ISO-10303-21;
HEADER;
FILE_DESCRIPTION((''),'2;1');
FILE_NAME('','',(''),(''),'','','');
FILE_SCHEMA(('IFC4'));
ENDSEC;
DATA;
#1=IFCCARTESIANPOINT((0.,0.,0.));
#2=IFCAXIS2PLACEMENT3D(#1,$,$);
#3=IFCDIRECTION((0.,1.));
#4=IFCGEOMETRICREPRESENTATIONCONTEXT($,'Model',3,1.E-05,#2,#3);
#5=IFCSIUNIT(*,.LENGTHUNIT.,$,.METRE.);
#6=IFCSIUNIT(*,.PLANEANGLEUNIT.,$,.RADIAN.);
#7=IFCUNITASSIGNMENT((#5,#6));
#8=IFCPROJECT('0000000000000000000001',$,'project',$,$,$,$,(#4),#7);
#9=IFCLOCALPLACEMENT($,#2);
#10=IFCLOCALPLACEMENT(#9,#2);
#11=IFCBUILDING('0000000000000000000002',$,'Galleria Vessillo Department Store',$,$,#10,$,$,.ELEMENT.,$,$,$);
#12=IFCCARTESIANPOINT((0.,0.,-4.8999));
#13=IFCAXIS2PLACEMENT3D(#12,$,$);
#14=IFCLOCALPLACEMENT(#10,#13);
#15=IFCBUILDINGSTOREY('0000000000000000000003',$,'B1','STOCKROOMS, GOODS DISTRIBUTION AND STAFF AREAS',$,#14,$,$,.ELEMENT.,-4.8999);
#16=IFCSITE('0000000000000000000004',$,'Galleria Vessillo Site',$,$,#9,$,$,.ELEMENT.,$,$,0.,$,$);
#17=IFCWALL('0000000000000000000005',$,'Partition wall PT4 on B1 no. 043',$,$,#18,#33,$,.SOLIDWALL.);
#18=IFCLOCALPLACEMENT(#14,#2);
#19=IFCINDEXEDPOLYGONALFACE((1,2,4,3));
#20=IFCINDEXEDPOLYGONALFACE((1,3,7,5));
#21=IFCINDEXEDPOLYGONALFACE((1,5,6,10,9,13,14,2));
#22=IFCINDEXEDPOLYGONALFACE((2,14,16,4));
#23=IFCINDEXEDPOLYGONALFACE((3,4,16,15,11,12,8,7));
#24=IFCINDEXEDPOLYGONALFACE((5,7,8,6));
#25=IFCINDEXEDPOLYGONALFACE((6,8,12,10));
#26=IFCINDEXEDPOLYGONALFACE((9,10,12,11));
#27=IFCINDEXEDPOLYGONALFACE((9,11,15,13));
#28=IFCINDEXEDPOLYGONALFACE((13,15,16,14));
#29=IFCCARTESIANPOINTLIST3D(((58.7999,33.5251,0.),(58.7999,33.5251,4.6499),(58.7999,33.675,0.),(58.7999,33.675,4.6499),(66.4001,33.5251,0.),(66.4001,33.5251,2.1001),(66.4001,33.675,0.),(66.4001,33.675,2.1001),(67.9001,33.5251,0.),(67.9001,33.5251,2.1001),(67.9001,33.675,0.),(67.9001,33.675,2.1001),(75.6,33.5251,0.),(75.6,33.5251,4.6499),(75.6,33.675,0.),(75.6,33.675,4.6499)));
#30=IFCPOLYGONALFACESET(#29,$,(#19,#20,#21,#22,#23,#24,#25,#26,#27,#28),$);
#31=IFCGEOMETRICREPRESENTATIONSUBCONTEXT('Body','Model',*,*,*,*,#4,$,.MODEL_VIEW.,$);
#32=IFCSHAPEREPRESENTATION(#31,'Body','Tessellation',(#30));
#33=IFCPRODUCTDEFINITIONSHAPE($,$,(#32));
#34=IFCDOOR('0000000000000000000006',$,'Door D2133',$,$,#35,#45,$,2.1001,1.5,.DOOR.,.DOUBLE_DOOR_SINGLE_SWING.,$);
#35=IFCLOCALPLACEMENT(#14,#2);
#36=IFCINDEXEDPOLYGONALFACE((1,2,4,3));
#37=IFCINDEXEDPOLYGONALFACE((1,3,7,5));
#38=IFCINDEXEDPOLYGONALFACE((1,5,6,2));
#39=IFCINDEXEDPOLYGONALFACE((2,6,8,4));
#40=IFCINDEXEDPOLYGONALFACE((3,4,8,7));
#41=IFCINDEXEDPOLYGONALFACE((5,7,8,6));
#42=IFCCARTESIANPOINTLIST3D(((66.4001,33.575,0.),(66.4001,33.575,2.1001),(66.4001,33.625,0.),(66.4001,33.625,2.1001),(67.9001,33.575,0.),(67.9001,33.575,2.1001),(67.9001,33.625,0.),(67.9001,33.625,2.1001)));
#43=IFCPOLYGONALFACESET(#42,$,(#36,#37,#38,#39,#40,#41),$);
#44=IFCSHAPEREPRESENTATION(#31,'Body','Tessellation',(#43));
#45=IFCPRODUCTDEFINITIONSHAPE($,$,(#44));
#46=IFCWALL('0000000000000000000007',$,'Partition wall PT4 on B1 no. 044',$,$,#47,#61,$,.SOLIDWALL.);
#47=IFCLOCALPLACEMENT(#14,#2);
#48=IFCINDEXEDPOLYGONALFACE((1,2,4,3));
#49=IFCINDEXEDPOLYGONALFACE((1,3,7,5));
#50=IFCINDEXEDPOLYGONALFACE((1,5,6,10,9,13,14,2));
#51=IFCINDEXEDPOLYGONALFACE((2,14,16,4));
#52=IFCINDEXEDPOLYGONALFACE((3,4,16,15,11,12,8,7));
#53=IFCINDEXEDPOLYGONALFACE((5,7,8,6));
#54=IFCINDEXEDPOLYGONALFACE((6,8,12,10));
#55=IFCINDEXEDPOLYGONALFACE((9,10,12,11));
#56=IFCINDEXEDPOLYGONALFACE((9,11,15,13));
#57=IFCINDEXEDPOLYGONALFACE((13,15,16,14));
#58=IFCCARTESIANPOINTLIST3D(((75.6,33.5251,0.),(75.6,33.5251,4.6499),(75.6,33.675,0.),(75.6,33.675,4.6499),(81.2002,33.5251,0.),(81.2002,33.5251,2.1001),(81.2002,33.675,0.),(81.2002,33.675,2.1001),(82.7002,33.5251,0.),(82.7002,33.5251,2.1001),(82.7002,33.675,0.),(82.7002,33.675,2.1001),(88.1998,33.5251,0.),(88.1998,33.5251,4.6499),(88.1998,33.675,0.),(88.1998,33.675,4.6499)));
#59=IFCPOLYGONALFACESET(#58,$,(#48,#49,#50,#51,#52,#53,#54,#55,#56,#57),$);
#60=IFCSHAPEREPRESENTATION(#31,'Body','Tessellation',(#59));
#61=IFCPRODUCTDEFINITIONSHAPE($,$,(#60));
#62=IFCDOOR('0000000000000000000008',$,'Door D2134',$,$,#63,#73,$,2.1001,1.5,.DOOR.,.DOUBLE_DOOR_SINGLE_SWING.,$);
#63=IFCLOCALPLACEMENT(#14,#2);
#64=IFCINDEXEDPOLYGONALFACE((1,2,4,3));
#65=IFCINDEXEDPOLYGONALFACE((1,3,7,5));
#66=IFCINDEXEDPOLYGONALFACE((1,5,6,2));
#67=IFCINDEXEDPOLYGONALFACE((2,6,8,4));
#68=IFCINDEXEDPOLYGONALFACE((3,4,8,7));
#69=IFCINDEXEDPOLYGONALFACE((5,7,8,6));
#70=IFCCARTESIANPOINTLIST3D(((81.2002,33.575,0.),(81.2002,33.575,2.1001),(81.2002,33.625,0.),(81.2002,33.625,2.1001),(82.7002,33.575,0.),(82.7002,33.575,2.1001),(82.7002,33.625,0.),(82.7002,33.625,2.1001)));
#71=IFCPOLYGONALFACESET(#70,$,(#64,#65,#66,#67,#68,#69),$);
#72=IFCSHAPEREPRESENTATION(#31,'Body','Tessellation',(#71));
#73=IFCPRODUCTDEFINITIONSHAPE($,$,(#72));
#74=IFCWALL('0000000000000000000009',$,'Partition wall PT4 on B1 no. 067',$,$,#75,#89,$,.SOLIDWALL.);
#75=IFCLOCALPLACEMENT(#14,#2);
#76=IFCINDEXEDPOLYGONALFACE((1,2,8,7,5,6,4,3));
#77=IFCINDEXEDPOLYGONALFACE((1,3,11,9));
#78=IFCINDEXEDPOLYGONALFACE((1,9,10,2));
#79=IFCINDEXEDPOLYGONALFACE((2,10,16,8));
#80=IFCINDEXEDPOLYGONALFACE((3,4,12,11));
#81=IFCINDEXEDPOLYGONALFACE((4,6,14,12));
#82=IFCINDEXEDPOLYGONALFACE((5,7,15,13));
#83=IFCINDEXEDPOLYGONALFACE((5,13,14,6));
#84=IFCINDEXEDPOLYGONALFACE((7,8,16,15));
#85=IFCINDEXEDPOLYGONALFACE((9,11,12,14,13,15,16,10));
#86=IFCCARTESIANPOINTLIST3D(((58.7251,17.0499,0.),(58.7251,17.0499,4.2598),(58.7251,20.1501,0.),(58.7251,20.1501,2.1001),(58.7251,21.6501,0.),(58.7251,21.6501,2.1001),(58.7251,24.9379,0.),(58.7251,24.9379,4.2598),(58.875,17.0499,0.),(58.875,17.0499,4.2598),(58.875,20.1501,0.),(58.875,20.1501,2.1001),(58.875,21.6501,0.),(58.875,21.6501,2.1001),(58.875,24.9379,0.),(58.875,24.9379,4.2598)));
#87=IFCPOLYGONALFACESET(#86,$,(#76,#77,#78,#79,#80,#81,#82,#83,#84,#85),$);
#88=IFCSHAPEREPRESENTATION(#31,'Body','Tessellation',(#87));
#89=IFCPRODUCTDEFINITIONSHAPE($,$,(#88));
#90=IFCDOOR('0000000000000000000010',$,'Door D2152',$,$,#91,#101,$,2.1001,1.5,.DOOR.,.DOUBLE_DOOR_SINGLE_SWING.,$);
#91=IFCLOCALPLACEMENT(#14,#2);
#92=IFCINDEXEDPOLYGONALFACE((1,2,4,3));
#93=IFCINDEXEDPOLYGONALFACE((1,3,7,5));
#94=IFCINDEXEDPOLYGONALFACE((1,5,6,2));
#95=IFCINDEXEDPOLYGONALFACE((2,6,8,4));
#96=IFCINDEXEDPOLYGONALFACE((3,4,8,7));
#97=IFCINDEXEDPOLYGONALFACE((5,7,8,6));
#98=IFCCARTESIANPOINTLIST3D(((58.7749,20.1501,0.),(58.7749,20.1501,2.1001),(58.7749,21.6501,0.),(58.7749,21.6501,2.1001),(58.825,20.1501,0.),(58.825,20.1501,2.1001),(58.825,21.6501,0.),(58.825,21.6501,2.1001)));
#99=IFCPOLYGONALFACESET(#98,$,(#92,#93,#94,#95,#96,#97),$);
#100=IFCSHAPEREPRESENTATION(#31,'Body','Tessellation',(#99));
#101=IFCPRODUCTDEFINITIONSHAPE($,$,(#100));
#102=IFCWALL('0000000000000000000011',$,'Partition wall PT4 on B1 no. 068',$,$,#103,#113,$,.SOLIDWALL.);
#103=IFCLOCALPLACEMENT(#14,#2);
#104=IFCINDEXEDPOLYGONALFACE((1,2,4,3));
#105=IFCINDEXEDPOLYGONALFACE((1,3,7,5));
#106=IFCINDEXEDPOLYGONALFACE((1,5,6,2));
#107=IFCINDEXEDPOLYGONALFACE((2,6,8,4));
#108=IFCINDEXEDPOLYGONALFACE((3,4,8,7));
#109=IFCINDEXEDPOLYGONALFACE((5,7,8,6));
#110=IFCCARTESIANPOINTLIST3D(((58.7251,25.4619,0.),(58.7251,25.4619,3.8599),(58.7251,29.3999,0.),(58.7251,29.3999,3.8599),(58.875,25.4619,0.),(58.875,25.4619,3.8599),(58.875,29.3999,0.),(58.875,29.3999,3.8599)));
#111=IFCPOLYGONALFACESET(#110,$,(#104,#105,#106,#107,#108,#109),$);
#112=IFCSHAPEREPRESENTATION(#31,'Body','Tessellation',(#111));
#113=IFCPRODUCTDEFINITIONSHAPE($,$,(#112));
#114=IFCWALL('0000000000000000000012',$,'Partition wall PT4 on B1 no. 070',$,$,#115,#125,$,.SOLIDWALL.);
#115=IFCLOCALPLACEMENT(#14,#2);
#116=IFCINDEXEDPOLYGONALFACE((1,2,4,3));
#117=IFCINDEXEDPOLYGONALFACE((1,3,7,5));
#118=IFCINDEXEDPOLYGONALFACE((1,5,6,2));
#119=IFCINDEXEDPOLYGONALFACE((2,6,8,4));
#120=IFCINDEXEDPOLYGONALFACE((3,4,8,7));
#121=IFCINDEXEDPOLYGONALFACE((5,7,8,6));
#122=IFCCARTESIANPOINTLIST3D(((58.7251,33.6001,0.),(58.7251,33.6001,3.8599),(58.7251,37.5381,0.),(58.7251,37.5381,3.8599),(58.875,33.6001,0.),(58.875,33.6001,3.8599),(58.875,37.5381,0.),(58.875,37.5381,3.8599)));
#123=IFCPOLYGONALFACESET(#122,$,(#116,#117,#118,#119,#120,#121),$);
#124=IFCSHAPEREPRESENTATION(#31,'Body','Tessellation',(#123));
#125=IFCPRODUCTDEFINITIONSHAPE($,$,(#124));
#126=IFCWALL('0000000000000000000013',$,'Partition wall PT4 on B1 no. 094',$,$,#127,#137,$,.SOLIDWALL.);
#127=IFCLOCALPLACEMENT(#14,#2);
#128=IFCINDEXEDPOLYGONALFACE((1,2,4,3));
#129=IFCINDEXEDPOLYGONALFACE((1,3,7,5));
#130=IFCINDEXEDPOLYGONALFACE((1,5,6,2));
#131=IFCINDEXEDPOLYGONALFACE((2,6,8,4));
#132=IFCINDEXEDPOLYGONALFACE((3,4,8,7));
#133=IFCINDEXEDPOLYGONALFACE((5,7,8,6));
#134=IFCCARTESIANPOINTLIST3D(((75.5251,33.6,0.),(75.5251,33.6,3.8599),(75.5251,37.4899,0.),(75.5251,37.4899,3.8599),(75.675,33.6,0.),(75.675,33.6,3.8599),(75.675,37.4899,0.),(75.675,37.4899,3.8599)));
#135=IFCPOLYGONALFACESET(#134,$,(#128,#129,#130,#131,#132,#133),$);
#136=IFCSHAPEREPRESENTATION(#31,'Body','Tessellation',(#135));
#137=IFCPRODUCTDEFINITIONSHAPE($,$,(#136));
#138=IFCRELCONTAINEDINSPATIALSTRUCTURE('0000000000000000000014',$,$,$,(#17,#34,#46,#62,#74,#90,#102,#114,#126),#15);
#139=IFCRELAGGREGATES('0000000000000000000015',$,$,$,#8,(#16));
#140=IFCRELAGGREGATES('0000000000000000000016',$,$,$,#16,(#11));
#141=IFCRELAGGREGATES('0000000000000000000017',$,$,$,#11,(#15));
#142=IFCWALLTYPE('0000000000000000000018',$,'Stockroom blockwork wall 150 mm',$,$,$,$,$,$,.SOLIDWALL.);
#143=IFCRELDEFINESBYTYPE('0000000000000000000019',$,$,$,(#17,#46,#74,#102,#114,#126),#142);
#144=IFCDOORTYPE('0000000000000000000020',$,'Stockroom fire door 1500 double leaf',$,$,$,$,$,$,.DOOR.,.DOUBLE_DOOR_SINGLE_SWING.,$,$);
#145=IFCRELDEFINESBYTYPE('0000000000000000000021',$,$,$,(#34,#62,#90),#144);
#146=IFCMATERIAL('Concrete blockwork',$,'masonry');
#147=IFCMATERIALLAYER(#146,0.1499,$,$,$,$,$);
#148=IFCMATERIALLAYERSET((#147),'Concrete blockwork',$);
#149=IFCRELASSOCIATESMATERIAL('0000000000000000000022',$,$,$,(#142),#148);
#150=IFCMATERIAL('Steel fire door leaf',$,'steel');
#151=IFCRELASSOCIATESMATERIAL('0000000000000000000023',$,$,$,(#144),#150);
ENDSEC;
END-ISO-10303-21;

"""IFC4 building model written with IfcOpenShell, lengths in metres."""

from ifc_helpers import new_model, si_unit, direction, frame, frame_2d, origin, place, context, subcontext, project, spatial, rectangle, extrude, material, layer, layer_set, type_object, element, fill, save


model = new_model("IFC4")

# Units and contexts
model_context = context("Model", 3, precision=1e-05, world=origin(), true_north=direction((0.0, 1.0)))
body_context = subcontext(model_context, "Body", "Model", "MODEL_VIEW")
ifc_project = project(units=[si_unit("LENGTHUNIT", "METRE"), si_unit("PLANEANGLEUNIT", "RADIAN")], contexts=[model_context])

# Site, building, storey
site_placement = place(None, origin())
site = spatial("IfcSite", under=ifc_project, at=site_placement, Name="Galleria Vessillo Site", CompositionType="ELEMENT", RefElevation=0.0)
building_placement = place(site_placement, origin())
building = spatial("IfcBuilding", under=site, at=building_placement, Name="Galleria Vessillo Department Store", CompositionType="ELEMENT")
storey_placement = place(building_placement, frame((0.0, 0.0, -4.8999)))
storey = spatial("IfcBuildingStorey", under=building, at=storey_placement, Name="B1", Description="STOCKROOMS, GOODS DISTRIBUTION AND STAFF AREAS", CompositionType="ELEMENT", Elevation=-4.8999)

# Walls, openings, doors
ifc_material_1 = material(Name="Concrete blockwork", Category="masonry")
ifc_layer = layer(ifc_material_1, 0.1499)
ifc_layer_set = layer_set([ifc_layer], Name="Concrete blockwork")
wall_type = type_object("IfcWallType", Name="Stockroom blockwork wall 150 mm", PredefinedType="SOLIDWALL", material=ifc_layer_set)
ifc_material_2 = material(Name="Steel fire door leaf", Category="steel")
door_type = type_object("IfcDoorType", Name="Stockroom fire door 1500 double leaf", OperationType="DOUBLE_DOOR_SINGLE_SWING", PredefinedType="DOOR", material=ifc_material_2)
wall_1_placement = place(storey_placement, frame((58.8, 33.6001, 0.0), z_axis=(0.0, 0.0, 1.0), x_axis=(1.0, 0.0, 0.0)))
wall_1 = element("IfcWall", 1, at=wall_1_placement, inside=storey, type_object=wall_type, Name="Partition wall PT4 on B1 no. 043", PredefinedType="SOLIDWALL", context=body_context, shape_type="SweptSolid", body=[
    extrude(rectangle(XDim=16.8, YDim=0.1499, at=frame_2d((8.3999, 0.0))), origin(), (0.0, 0.0, 1.0), 4.6499),
])
opening_1_placement = place(wall_1_placement, frame((7.6001, 0.0, 0.0)))
opening_1 = element("IfcOpeningElement", 2, at=opening_1_placement, cuts=wall_1, PredefinedType="OPENING", context=body_context, shape_type="SweptSolid", body=[
    extrude(rectangle(XDim=1.5, YDim=2.1001, at=frame_2d((0.75, 1.05))), frame((0.0, 0.085, 0.0), z_axis=(0.0, -1.0, 0.0), x_axis=(1.0, 0.0, 0.0)), (0.0, 0.0, 1.0), 0.1699),
])
door_1_placement = place(opening_1_placement, origin())
door_1 = element("IfcDoor", 3, at=door_1_placement, inside=storey, type_object=door_type, Name="Door D2133", OperationType="DOUBLE_DOOR_SINGLE_SWING", OverallHeight=2.1001, OverallWidth=1.5, PredefinedType="DOOR", context=body_context, shape_type="SweptSolid", body=[
    extrude(rectangle(XDim=1.5, YDim=2.1001, at=frame_2d((0.75, 1.05))), frame((0.0, 0.0249, 0.0), z_axis=(0.0, -1.0, 0.0), x_axis=(1.0, 0.0, 0.0)), (0.0, 0.0, 1.0), 0.05),
])
fill(opening_1, door_1)
wall_2_placement = place(storey_placement, frame((75.6001, 33.6001, 0.0), z_axis=(0.0, 0.0, 1.0), x_axis=(1.0, 0.0, 0.0)))
wall_2 = element("IfcWall", 4, at=wall_2_placement, inside=storey, type_object=wall_type, Name="Partition wall PT4 on B1 no. 044", PredefinedType="SOLIDWALL", context=body_context, shape_type="SweptSolid", body=[
    extrude(rectangle(XDim=12.5999, YDim=0.1499, at=frame_2d((6.2998, 0.0))), origin(), (0.0, 0.0, 1.0), 4.6499),
])
opening_2_placement = place(wall_2_placement, frame((5.6001, 0.0, 0.0)))
opening_2 = element("IfcOpeningElement", 5, at=opening_2_placement, cuts=wall_2, PredefinedType="OPENING", context=body_context, shape_type="SweptSolid", body=[
    extrude(rectangle(XDim=1.5, YDim=2.1001, at=frame_2d((0.75, 1.05))), frame((0.0, 0.085, 0.0), z_axis=(0.0, -1.0, 0.0), x_axis=(1.0, 0.0, 0.0)), (0.0, 0.0, 1.0), 0.1699),
])
door_2_placement = place(opening_2_placement, origin())
door_2 = element("IfcDoor", 6, at=door_2_placement, inside=storey, type_object=door_type, Name="Door D2134", OperationType="DOUBLE_DOOR_SINGLE_SWING", OverallHeight=2.1001, OverallWidth=1.5, PredefinedType="DOOR", context=body_context, shape_type="SweptSolid", body=[
    extrude(rectangle(XDim=1.5, YDim=2.1001, at=frame_2d((0.75, 1.05))), frame((0.0, 0.0249, 0.0), z_axis=(0.0, -1.0, 0.0), x_axis=(1.0, 0.0, 0.0)), (0.0, 0.0, 1.0), 0.05),
])
fill(opening_2, door_2)
wall_3_placement = place(storey_placement, frame((58.8, 17.05, 0.0), z_axis=(0.0, 0.0, 1.0), x_axis=(0.0, 1.0, 0.0)))
wall_3 = element("IfcWall", 7, at=wall_3_placement, inside=storey, type_object=wall_type, Name="Partition wall PT4 on B1 no. 067", PredefinedType="SOLIDWALL", context=body_context, shape_type="SweptSolid", body=[
    extrude(rectangle(XDim=7.8879, YDim=0.1499, at=frame_2d((3.9438, 0.0))), origin(), (0.0, 0.0, 1.0), 4.2598),
])
opening_3_placement = place(wall_3_placement, frame((3.1001, 0.0, 0.0)))
opening_3 = element("IfcOpeningElement", 8, at=opening_3_placement, cuts=wall_3, PredefinedType="OPENING", context=body_context, shape_type="SweptSolid", body=[
    extrude(rectangle(XDim=1.5, YDim=2.1001, at=frame_2d((0.75, 1.05))), frame((0.0, 0.085, 0.0), z_axis=(0.0, -1.0, 0.0), x_axis=(1.0, 0.0, 0.0)), (0.0, 0.0, 1.0), 0.1699),
])
door_3_placement = place(opening_3_placement, frame((1.5, 0.0, 0.0), z_axis=(0.0, 0.0, 1.0), x_axis=(-1.0, 0.0, 0.0)))
door_3 = element("IfcDoor", 9, at=door_3_placement, inside=storey, type_object=door_type, Name="Door D2152", OperationType="DOUBLE_DOOR_SINGLE_SWING", OverallHeight=2.1001, OverallWidth=1.5, PredefinedType="DOOR", context=body_context, shape_type="SweptSolid", body=[
    extrude(rectangle(XDim=1.5, YDim=2.1001, at=frame_2d((0.75, 1.05))), frame((0.0, 0.0249, 0.0), z_axis=(0.0, -1.0, 0.0), x_axis=(1.0, 0.0, 0.0)), (0.0, 0.0, 1.0), 0.05),
])
fill(opening_3, door_3)

# Walls
for number, where, z_axis, x_axis, name in (
    (10, (58.8, 25.4619, 0.0), (0.0, 0.0, 1.0), (0.0, 1.0, 0.0), "Partition wall PT4 on B1 no. 068"),
    (11, (58.8, 33.6001, 0.0), (0.0, 0.0, 1.0), (0.0, 1.0, 0.0), "Partition wall PT4 on B1 no. 070"),
):
    element("IfcWall", number, at=place(storey_placement, frame(where, z_axis=z_axis, x_axis=x_axis)), inside=storey, type_object=wall_type, Name=name, PredefinedType="SOLIDWALL", context=body_context, shape_type="SweptSolid", body=[
        extrude(rectangle(XDim=3.938, YDim=0.1499, at=frame_2d((1.969, 0.0))), origin(), (0.0, 0.0, 1.0), 3.8599),
    ])
wall_4_placement = place(storey_placement, frame((75.6001, 33.6001, 0.0), z_axis=(0.0, 0.0, 1.0), x_axis=(0.0, 1.0, 0.0)))
element("IfcWall", 12, at=wall_4_placement, inside=storey, type_object=wall_type, Name="Partition wall PT4 on B1 no. 094", PredefinedType="SOLIDWALL", context=body_context, shape_type="SweptSolid", body=[
    extrude(rectangle(XDim=3.8899, YDim=0.1499, at=frame_2d((1.9448, 0.0))), origin(), (0.0, 0.0, 1.0), 3.8599),
])

save(model, "model.ifc")
